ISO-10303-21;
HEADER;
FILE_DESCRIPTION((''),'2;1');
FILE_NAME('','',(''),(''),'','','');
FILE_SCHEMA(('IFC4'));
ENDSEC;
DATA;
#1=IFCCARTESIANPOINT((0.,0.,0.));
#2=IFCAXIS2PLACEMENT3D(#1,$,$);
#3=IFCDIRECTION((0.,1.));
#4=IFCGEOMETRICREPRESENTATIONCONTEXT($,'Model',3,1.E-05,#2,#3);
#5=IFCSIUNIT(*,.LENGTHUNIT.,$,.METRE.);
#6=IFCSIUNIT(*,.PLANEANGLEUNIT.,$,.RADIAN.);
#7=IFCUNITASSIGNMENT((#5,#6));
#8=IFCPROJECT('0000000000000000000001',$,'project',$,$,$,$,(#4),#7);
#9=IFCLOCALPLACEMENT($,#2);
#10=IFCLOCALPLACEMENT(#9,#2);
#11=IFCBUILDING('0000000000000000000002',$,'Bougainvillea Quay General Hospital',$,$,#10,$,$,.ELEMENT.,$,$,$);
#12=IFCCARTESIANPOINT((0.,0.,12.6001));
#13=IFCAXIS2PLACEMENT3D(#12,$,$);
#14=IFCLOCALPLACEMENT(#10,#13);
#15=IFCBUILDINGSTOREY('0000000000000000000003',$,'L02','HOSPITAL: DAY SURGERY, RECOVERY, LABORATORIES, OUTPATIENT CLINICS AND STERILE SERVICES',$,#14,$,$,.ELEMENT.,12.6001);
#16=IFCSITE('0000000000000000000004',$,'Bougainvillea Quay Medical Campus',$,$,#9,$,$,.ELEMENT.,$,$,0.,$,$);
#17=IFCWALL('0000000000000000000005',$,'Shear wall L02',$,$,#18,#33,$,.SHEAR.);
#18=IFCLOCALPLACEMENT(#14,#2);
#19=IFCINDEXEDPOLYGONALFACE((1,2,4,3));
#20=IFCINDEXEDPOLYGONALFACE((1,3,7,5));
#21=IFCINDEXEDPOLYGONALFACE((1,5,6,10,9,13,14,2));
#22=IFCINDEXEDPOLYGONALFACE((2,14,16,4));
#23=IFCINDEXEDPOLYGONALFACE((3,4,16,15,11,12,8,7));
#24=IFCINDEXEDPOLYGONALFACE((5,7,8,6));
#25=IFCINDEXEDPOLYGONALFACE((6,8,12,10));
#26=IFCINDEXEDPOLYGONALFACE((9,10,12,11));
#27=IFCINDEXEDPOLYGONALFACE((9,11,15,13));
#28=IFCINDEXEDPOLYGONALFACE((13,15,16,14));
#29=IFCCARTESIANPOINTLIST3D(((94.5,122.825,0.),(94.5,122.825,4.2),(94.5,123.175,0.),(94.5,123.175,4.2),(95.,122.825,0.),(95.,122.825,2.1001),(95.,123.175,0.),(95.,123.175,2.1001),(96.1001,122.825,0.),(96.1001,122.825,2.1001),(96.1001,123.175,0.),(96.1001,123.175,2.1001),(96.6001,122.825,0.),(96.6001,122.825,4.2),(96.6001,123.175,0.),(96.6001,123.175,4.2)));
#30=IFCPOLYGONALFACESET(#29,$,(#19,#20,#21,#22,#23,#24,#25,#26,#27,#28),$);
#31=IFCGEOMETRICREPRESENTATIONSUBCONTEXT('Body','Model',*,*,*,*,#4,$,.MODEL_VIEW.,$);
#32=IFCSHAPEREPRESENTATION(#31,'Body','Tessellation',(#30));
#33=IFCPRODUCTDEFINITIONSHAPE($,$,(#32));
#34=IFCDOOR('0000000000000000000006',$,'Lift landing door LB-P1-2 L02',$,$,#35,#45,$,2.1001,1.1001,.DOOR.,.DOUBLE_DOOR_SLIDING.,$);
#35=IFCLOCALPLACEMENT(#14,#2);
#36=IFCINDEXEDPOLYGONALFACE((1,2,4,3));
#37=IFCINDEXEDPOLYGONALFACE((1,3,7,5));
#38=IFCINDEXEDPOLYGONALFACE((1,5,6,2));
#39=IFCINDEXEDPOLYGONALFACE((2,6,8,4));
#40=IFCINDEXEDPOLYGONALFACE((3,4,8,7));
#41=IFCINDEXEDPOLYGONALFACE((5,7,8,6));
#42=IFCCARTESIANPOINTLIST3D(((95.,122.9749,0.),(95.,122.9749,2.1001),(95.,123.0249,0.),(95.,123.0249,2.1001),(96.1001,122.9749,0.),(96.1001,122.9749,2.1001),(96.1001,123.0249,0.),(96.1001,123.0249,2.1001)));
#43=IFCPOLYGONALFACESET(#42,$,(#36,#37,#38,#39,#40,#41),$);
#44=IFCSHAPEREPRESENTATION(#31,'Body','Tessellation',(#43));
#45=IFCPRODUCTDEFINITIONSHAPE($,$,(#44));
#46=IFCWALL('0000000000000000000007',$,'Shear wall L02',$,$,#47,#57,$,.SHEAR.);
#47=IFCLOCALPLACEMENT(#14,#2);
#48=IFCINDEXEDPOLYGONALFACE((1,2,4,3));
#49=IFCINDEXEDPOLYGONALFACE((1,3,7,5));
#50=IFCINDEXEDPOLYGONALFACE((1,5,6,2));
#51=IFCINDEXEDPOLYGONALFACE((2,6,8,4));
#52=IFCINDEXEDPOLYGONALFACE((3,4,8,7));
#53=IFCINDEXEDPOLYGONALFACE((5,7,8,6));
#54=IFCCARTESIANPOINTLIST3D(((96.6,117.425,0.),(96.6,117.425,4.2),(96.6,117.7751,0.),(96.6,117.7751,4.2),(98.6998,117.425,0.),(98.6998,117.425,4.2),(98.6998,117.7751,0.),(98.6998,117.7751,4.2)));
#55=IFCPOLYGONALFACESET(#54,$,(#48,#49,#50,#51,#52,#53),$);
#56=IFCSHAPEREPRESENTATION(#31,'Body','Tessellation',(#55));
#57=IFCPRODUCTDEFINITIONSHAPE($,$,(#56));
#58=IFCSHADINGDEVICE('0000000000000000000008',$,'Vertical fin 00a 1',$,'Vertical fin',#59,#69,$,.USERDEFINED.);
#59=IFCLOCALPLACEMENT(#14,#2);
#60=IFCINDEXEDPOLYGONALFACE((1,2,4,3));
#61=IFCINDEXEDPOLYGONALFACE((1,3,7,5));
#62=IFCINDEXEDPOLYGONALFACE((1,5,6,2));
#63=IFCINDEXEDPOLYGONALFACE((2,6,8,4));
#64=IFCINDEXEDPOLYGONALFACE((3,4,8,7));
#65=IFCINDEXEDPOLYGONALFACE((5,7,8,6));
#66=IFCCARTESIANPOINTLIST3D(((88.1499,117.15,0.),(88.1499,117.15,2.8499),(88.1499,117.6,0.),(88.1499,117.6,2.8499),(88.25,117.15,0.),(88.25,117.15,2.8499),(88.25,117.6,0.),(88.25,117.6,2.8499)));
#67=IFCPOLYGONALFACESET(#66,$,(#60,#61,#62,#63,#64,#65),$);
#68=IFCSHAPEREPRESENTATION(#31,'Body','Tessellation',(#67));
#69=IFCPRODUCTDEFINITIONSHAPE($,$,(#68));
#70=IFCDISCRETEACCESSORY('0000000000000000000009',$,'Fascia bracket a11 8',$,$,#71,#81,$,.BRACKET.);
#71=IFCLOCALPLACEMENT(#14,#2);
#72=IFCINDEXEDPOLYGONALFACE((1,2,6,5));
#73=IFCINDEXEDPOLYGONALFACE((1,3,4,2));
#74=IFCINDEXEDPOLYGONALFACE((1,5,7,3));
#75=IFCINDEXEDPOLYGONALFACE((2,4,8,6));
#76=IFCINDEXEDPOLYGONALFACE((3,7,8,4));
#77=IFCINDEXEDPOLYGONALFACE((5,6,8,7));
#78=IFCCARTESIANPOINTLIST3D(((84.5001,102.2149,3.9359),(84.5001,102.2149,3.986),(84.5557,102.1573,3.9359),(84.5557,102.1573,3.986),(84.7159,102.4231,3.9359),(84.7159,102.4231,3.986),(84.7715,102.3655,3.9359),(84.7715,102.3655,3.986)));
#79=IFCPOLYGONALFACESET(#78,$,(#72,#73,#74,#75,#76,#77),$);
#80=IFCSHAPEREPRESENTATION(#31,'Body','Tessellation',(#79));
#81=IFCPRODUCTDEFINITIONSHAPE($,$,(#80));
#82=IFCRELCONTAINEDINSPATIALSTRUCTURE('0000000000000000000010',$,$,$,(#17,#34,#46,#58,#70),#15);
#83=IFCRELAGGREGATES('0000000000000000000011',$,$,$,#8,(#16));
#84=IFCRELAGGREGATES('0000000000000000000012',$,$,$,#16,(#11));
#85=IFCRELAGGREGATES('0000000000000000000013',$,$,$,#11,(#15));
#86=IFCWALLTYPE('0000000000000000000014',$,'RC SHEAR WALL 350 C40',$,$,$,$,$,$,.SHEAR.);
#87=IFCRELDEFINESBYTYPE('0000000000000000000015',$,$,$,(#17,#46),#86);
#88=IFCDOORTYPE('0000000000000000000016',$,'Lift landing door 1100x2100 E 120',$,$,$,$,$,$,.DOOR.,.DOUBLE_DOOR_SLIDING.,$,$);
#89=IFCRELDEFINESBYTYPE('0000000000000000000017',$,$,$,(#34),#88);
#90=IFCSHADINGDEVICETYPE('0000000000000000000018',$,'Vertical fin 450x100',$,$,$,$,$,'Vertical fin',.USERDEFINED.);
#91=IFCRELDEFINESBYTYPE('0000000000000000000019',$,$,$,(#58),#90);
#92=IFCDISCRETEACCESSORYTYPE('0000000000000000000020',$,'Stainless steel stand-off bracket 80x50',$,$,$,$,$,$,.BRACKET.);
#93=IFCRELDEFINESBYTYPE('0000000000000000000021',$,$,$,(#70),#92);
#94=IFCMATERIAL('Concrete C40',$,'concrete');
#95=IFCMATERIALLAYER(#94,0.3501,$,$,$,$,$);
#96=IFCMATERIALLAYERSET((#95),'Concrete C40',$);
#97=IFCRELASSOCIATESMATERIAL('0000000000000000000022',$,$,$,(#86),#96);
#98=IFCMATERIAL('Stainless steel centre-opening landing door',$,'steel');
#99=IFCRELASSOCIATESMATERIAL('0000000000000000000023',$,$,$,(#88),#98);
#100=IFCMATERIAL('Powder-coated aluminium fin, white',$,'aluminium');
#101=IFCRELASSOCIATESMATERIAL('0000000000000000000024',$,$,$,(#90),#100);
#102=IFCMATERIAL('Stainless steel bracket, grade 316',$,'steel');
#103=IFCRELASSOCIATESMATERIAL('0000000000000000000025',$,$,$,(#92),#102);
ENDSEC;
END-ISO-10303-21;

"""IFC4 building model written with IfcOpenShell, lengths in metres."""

from ifc_helpers import new_model, si_unit, direction, frame, frame_2d, origin, origin_2d, place, context, subcontext, project, spatial, rectangle, extrude, material, layer, layer_set, material_profile, profile_set, type_object, element, fill, save


model = new_model("IFC4")

# Units and contexts
model_context = context("Model", 3, precision=1e-05, world=origin(), true_north=direction((0.0, 1.0)))
body_context = subcontext(model_context, "Body", "Model", "MODEL_VIEW")
ifc_project = project(units=[si_unit("LENGTHUNIT", "METRE"), si_unit("PLANEANGLEUNIT", "RADIAN")], contexts=[model_context])

# Site, building, storey
site_placement = place(None, origin())
site = spatial("IfcSite", under=ifc_project, at=site_placement, Name="Bougainvillea Quay Medical Campus", CompositionType="ELEMENT", RefElevation=0.0)
building_placement = place(site_placement, origin())
building = spatial("IfcBuilding", under=site, at=building_placement, Name="Bougainvillea Quay General Hospital", CompositionType="ELEMENT")
storey_placement = place(building_placement, frame((0.0, 0.0, 12.6001)))
storey = spatial("IfcBuildingStorey", under=building, at=storey_placement, Name="L02", Description="HOSPITAL: DAY SURGERY, RECOVERY, LABORATORIES, OUTPATIENT CLINICS AND STERILE SERVICES", CompositionType="ELEMENT", Elevation=12.6001)

# Shared definitions
ifc_material_1 = material(Name="Concrete C40", Category="concrete")

# Shared definitions
ifc_layer_1 = layer(ifc_material_1, 0.3501)
ifc_layer_set_1 = layer_set([ifc_layer_1], Name="Concrete C40")
wall_type_1 = type_object("IfcWallType", Name="RC SHEAR WALL 350 C40", PredefinedType="SHEAR", material=ifc_layer_set_1)
ifc_material_2 = material(Name="Stainless steel centre-opening landing door", Category="steel")
door_type = type_object("IfcDoorType", Name="Lift landing door 1100x2100 E 120", OperationType="DOUBLE_DOOR_SLIDING", PredefinedType="DOOR", material=ifc_material_2)

# Wall, opening, door
wall_1_placement = place(storey_placement, frame((94.5, 123.0, 0.0), z_axis=(0.0, 0.0, 1.0), x_axis=(1.0, 0.0, 0.0)))
wall_1 = element("IfcWall", 1, at=wall_1_placement, inside=storey, type_object=wall_type_1, Name="Shear wall L02", PredefinedType="SHEAR", context=body_context, shape_type="SweptSolid", body=[
    extrude(rectangle(XDim=2.1001, YDim=0.3501, at=frame_2d((1.05, 0.0))), origin(), (0.0, 0.0, 1.0), 4.2),
])
opening_1_placement = place(wall_1_placement, frame((0.5, 0.0, 0.0)))
opening_1 = element("IfcOpeningElement", 2, at=opening_1_placement, cuts=wall_1, PredefinedType="OPENING", context=body_context, shape_type="SweptSolid", body=[
    extrude(rectangle(XDim=1.1001, YDim=2.1001, at=frame_2d((0.55, 1.05))), frame((0.0, 0.1851, 0.0), z_axis=(0.0, -1.0, 0.0), x_axis=(1.0, 0.0, 0.0)), (0.0, 0.0, 1.0), 0.3701),
])
door_1_placement = place(opening_1_placement, origin())
door_1 = element("IfcDoor", 3, at=door_1_placement, inside=storey, type_object=door_type, Name="Lift landing door LB-P1-2 L02", OperationType="DOUBLE_DOOR_SLIDING", OverallHeight=2.1001, OverallWidth=1.1001, PredefinedType="DOOR", context=body_context, shape_type="SweptSolid", body=[
    extrude(rectangle(XDim=1.1001, YDim=2.1001, at=frame_2d((0.55, 1.05))), frame((0.0, 0.0249, 0.0), z_axis=(0.0, -1.0, 0.0), x_axis=(1.0, 0.0, 0.0)), (0.0, 0.0, 1.0), 0.05),
])
fill(opening_1, door_1)

# Wall
wall_2_placement = place(storey_placement, frame((96.6001, 117.6001, 0.0), z_axis=(0.0, 0.0, 1.0), x_axis=(1.0, 0.0, 0.0)))
element("IfcWall", 4, at=wall_2_placement, inside=storey, type_object=wall_type_1, Name="Shear wall L02", PredefinedType="SHEAR", context=body_context, shape_type="SweptSolid", body=[
    extrude(rectangle(XDim=2.0999, YDim=0.3501, at=frame_2d((1.0498, 0.0))), origin(), (0.0, 0.0, 1.0), 4.2),
])

# Shading device
ifc_material_3 = material(Name="Powder-coated aluminium fin, white", Category="aluminium")
ifc_material_profile_1 = material_profile(ifc_material_3, rectangle(XDim=0.45, YDim=0.1001, at=origin_2d()))
ifc_profile_set_1 = profile_set([ifc_material_profile_1], Name="Powder-coated aluminium fin, white")
shading_device_type = type_object("IfcShadingDeviceType", Name="Vertical fin 450x100", ElementType="Vertical fin", PredefinedType="USERDEFINED", material=ifc_profile_set_1)
shading_device_placement = place(storey_placement, frame((88.2, 117.375, 0.0), z_axis=(0.0, 0.0, 1.0), x_axis=(0.0, -1.0, 0.0)))
element("IfcShadingDevice", 5, at=shading_device_placement, inside=storey, type_object=shading_device_type, Name="Vertical fin 00a 1", ObjectType="Vertical fin", PredefinedType="USERDEFINED", context=body_context, shape_type="SweptSolid", body=[
    extrude(rectangle(XDim=0.45, YDim=0.1001, at=origin_2d()), origin(), (0.0, 0.0, 1.0), 2.8499),
])

# Discrete accessory
ifc_material_4 = material(Name="Stainless steel bracket, grade 316", Category="steel")
ifc_material_profile_2 = material_profile(ifc_material_4, rectangle(XDim=0.0801, YDim=0.05, at=origin_2d()))
ifc_profile_set_2 = profile_set([ifc_material_profile_2], Name="Stainless steel bracket, grade 316")
discrete_accessory_type = type_object("IfcDiscreteAccessoryType", Name="Stainless steel stand-off bracket 80x50", PredefinedType="BRACKET", material=ifc_profile_set_2)
discrete_accessory_placement = place(storey_placement, frame((84.7437, 102.3943, 3.9609), z_axis=(-0.719612, -0.694377, 0.0), x_axis=(0.694377, -0.719612, 0.0)))
element("IfcDiscreteAccessory", 6, at=discrete_accessory_placement, inside=storey, type_object=discrete_accessory_type, Name="Fascia bracket a11 8", PredefinedType="BRACKET", context=body_context, shape_type="SweptSolid", body=[
    extrude(rectangle(XDim=0.0801, YDim=0.05, at=origin_2d()), origin(), (0.0, 0.0, 1.0), 0.2998),
])

save(model, "model.ifc")
